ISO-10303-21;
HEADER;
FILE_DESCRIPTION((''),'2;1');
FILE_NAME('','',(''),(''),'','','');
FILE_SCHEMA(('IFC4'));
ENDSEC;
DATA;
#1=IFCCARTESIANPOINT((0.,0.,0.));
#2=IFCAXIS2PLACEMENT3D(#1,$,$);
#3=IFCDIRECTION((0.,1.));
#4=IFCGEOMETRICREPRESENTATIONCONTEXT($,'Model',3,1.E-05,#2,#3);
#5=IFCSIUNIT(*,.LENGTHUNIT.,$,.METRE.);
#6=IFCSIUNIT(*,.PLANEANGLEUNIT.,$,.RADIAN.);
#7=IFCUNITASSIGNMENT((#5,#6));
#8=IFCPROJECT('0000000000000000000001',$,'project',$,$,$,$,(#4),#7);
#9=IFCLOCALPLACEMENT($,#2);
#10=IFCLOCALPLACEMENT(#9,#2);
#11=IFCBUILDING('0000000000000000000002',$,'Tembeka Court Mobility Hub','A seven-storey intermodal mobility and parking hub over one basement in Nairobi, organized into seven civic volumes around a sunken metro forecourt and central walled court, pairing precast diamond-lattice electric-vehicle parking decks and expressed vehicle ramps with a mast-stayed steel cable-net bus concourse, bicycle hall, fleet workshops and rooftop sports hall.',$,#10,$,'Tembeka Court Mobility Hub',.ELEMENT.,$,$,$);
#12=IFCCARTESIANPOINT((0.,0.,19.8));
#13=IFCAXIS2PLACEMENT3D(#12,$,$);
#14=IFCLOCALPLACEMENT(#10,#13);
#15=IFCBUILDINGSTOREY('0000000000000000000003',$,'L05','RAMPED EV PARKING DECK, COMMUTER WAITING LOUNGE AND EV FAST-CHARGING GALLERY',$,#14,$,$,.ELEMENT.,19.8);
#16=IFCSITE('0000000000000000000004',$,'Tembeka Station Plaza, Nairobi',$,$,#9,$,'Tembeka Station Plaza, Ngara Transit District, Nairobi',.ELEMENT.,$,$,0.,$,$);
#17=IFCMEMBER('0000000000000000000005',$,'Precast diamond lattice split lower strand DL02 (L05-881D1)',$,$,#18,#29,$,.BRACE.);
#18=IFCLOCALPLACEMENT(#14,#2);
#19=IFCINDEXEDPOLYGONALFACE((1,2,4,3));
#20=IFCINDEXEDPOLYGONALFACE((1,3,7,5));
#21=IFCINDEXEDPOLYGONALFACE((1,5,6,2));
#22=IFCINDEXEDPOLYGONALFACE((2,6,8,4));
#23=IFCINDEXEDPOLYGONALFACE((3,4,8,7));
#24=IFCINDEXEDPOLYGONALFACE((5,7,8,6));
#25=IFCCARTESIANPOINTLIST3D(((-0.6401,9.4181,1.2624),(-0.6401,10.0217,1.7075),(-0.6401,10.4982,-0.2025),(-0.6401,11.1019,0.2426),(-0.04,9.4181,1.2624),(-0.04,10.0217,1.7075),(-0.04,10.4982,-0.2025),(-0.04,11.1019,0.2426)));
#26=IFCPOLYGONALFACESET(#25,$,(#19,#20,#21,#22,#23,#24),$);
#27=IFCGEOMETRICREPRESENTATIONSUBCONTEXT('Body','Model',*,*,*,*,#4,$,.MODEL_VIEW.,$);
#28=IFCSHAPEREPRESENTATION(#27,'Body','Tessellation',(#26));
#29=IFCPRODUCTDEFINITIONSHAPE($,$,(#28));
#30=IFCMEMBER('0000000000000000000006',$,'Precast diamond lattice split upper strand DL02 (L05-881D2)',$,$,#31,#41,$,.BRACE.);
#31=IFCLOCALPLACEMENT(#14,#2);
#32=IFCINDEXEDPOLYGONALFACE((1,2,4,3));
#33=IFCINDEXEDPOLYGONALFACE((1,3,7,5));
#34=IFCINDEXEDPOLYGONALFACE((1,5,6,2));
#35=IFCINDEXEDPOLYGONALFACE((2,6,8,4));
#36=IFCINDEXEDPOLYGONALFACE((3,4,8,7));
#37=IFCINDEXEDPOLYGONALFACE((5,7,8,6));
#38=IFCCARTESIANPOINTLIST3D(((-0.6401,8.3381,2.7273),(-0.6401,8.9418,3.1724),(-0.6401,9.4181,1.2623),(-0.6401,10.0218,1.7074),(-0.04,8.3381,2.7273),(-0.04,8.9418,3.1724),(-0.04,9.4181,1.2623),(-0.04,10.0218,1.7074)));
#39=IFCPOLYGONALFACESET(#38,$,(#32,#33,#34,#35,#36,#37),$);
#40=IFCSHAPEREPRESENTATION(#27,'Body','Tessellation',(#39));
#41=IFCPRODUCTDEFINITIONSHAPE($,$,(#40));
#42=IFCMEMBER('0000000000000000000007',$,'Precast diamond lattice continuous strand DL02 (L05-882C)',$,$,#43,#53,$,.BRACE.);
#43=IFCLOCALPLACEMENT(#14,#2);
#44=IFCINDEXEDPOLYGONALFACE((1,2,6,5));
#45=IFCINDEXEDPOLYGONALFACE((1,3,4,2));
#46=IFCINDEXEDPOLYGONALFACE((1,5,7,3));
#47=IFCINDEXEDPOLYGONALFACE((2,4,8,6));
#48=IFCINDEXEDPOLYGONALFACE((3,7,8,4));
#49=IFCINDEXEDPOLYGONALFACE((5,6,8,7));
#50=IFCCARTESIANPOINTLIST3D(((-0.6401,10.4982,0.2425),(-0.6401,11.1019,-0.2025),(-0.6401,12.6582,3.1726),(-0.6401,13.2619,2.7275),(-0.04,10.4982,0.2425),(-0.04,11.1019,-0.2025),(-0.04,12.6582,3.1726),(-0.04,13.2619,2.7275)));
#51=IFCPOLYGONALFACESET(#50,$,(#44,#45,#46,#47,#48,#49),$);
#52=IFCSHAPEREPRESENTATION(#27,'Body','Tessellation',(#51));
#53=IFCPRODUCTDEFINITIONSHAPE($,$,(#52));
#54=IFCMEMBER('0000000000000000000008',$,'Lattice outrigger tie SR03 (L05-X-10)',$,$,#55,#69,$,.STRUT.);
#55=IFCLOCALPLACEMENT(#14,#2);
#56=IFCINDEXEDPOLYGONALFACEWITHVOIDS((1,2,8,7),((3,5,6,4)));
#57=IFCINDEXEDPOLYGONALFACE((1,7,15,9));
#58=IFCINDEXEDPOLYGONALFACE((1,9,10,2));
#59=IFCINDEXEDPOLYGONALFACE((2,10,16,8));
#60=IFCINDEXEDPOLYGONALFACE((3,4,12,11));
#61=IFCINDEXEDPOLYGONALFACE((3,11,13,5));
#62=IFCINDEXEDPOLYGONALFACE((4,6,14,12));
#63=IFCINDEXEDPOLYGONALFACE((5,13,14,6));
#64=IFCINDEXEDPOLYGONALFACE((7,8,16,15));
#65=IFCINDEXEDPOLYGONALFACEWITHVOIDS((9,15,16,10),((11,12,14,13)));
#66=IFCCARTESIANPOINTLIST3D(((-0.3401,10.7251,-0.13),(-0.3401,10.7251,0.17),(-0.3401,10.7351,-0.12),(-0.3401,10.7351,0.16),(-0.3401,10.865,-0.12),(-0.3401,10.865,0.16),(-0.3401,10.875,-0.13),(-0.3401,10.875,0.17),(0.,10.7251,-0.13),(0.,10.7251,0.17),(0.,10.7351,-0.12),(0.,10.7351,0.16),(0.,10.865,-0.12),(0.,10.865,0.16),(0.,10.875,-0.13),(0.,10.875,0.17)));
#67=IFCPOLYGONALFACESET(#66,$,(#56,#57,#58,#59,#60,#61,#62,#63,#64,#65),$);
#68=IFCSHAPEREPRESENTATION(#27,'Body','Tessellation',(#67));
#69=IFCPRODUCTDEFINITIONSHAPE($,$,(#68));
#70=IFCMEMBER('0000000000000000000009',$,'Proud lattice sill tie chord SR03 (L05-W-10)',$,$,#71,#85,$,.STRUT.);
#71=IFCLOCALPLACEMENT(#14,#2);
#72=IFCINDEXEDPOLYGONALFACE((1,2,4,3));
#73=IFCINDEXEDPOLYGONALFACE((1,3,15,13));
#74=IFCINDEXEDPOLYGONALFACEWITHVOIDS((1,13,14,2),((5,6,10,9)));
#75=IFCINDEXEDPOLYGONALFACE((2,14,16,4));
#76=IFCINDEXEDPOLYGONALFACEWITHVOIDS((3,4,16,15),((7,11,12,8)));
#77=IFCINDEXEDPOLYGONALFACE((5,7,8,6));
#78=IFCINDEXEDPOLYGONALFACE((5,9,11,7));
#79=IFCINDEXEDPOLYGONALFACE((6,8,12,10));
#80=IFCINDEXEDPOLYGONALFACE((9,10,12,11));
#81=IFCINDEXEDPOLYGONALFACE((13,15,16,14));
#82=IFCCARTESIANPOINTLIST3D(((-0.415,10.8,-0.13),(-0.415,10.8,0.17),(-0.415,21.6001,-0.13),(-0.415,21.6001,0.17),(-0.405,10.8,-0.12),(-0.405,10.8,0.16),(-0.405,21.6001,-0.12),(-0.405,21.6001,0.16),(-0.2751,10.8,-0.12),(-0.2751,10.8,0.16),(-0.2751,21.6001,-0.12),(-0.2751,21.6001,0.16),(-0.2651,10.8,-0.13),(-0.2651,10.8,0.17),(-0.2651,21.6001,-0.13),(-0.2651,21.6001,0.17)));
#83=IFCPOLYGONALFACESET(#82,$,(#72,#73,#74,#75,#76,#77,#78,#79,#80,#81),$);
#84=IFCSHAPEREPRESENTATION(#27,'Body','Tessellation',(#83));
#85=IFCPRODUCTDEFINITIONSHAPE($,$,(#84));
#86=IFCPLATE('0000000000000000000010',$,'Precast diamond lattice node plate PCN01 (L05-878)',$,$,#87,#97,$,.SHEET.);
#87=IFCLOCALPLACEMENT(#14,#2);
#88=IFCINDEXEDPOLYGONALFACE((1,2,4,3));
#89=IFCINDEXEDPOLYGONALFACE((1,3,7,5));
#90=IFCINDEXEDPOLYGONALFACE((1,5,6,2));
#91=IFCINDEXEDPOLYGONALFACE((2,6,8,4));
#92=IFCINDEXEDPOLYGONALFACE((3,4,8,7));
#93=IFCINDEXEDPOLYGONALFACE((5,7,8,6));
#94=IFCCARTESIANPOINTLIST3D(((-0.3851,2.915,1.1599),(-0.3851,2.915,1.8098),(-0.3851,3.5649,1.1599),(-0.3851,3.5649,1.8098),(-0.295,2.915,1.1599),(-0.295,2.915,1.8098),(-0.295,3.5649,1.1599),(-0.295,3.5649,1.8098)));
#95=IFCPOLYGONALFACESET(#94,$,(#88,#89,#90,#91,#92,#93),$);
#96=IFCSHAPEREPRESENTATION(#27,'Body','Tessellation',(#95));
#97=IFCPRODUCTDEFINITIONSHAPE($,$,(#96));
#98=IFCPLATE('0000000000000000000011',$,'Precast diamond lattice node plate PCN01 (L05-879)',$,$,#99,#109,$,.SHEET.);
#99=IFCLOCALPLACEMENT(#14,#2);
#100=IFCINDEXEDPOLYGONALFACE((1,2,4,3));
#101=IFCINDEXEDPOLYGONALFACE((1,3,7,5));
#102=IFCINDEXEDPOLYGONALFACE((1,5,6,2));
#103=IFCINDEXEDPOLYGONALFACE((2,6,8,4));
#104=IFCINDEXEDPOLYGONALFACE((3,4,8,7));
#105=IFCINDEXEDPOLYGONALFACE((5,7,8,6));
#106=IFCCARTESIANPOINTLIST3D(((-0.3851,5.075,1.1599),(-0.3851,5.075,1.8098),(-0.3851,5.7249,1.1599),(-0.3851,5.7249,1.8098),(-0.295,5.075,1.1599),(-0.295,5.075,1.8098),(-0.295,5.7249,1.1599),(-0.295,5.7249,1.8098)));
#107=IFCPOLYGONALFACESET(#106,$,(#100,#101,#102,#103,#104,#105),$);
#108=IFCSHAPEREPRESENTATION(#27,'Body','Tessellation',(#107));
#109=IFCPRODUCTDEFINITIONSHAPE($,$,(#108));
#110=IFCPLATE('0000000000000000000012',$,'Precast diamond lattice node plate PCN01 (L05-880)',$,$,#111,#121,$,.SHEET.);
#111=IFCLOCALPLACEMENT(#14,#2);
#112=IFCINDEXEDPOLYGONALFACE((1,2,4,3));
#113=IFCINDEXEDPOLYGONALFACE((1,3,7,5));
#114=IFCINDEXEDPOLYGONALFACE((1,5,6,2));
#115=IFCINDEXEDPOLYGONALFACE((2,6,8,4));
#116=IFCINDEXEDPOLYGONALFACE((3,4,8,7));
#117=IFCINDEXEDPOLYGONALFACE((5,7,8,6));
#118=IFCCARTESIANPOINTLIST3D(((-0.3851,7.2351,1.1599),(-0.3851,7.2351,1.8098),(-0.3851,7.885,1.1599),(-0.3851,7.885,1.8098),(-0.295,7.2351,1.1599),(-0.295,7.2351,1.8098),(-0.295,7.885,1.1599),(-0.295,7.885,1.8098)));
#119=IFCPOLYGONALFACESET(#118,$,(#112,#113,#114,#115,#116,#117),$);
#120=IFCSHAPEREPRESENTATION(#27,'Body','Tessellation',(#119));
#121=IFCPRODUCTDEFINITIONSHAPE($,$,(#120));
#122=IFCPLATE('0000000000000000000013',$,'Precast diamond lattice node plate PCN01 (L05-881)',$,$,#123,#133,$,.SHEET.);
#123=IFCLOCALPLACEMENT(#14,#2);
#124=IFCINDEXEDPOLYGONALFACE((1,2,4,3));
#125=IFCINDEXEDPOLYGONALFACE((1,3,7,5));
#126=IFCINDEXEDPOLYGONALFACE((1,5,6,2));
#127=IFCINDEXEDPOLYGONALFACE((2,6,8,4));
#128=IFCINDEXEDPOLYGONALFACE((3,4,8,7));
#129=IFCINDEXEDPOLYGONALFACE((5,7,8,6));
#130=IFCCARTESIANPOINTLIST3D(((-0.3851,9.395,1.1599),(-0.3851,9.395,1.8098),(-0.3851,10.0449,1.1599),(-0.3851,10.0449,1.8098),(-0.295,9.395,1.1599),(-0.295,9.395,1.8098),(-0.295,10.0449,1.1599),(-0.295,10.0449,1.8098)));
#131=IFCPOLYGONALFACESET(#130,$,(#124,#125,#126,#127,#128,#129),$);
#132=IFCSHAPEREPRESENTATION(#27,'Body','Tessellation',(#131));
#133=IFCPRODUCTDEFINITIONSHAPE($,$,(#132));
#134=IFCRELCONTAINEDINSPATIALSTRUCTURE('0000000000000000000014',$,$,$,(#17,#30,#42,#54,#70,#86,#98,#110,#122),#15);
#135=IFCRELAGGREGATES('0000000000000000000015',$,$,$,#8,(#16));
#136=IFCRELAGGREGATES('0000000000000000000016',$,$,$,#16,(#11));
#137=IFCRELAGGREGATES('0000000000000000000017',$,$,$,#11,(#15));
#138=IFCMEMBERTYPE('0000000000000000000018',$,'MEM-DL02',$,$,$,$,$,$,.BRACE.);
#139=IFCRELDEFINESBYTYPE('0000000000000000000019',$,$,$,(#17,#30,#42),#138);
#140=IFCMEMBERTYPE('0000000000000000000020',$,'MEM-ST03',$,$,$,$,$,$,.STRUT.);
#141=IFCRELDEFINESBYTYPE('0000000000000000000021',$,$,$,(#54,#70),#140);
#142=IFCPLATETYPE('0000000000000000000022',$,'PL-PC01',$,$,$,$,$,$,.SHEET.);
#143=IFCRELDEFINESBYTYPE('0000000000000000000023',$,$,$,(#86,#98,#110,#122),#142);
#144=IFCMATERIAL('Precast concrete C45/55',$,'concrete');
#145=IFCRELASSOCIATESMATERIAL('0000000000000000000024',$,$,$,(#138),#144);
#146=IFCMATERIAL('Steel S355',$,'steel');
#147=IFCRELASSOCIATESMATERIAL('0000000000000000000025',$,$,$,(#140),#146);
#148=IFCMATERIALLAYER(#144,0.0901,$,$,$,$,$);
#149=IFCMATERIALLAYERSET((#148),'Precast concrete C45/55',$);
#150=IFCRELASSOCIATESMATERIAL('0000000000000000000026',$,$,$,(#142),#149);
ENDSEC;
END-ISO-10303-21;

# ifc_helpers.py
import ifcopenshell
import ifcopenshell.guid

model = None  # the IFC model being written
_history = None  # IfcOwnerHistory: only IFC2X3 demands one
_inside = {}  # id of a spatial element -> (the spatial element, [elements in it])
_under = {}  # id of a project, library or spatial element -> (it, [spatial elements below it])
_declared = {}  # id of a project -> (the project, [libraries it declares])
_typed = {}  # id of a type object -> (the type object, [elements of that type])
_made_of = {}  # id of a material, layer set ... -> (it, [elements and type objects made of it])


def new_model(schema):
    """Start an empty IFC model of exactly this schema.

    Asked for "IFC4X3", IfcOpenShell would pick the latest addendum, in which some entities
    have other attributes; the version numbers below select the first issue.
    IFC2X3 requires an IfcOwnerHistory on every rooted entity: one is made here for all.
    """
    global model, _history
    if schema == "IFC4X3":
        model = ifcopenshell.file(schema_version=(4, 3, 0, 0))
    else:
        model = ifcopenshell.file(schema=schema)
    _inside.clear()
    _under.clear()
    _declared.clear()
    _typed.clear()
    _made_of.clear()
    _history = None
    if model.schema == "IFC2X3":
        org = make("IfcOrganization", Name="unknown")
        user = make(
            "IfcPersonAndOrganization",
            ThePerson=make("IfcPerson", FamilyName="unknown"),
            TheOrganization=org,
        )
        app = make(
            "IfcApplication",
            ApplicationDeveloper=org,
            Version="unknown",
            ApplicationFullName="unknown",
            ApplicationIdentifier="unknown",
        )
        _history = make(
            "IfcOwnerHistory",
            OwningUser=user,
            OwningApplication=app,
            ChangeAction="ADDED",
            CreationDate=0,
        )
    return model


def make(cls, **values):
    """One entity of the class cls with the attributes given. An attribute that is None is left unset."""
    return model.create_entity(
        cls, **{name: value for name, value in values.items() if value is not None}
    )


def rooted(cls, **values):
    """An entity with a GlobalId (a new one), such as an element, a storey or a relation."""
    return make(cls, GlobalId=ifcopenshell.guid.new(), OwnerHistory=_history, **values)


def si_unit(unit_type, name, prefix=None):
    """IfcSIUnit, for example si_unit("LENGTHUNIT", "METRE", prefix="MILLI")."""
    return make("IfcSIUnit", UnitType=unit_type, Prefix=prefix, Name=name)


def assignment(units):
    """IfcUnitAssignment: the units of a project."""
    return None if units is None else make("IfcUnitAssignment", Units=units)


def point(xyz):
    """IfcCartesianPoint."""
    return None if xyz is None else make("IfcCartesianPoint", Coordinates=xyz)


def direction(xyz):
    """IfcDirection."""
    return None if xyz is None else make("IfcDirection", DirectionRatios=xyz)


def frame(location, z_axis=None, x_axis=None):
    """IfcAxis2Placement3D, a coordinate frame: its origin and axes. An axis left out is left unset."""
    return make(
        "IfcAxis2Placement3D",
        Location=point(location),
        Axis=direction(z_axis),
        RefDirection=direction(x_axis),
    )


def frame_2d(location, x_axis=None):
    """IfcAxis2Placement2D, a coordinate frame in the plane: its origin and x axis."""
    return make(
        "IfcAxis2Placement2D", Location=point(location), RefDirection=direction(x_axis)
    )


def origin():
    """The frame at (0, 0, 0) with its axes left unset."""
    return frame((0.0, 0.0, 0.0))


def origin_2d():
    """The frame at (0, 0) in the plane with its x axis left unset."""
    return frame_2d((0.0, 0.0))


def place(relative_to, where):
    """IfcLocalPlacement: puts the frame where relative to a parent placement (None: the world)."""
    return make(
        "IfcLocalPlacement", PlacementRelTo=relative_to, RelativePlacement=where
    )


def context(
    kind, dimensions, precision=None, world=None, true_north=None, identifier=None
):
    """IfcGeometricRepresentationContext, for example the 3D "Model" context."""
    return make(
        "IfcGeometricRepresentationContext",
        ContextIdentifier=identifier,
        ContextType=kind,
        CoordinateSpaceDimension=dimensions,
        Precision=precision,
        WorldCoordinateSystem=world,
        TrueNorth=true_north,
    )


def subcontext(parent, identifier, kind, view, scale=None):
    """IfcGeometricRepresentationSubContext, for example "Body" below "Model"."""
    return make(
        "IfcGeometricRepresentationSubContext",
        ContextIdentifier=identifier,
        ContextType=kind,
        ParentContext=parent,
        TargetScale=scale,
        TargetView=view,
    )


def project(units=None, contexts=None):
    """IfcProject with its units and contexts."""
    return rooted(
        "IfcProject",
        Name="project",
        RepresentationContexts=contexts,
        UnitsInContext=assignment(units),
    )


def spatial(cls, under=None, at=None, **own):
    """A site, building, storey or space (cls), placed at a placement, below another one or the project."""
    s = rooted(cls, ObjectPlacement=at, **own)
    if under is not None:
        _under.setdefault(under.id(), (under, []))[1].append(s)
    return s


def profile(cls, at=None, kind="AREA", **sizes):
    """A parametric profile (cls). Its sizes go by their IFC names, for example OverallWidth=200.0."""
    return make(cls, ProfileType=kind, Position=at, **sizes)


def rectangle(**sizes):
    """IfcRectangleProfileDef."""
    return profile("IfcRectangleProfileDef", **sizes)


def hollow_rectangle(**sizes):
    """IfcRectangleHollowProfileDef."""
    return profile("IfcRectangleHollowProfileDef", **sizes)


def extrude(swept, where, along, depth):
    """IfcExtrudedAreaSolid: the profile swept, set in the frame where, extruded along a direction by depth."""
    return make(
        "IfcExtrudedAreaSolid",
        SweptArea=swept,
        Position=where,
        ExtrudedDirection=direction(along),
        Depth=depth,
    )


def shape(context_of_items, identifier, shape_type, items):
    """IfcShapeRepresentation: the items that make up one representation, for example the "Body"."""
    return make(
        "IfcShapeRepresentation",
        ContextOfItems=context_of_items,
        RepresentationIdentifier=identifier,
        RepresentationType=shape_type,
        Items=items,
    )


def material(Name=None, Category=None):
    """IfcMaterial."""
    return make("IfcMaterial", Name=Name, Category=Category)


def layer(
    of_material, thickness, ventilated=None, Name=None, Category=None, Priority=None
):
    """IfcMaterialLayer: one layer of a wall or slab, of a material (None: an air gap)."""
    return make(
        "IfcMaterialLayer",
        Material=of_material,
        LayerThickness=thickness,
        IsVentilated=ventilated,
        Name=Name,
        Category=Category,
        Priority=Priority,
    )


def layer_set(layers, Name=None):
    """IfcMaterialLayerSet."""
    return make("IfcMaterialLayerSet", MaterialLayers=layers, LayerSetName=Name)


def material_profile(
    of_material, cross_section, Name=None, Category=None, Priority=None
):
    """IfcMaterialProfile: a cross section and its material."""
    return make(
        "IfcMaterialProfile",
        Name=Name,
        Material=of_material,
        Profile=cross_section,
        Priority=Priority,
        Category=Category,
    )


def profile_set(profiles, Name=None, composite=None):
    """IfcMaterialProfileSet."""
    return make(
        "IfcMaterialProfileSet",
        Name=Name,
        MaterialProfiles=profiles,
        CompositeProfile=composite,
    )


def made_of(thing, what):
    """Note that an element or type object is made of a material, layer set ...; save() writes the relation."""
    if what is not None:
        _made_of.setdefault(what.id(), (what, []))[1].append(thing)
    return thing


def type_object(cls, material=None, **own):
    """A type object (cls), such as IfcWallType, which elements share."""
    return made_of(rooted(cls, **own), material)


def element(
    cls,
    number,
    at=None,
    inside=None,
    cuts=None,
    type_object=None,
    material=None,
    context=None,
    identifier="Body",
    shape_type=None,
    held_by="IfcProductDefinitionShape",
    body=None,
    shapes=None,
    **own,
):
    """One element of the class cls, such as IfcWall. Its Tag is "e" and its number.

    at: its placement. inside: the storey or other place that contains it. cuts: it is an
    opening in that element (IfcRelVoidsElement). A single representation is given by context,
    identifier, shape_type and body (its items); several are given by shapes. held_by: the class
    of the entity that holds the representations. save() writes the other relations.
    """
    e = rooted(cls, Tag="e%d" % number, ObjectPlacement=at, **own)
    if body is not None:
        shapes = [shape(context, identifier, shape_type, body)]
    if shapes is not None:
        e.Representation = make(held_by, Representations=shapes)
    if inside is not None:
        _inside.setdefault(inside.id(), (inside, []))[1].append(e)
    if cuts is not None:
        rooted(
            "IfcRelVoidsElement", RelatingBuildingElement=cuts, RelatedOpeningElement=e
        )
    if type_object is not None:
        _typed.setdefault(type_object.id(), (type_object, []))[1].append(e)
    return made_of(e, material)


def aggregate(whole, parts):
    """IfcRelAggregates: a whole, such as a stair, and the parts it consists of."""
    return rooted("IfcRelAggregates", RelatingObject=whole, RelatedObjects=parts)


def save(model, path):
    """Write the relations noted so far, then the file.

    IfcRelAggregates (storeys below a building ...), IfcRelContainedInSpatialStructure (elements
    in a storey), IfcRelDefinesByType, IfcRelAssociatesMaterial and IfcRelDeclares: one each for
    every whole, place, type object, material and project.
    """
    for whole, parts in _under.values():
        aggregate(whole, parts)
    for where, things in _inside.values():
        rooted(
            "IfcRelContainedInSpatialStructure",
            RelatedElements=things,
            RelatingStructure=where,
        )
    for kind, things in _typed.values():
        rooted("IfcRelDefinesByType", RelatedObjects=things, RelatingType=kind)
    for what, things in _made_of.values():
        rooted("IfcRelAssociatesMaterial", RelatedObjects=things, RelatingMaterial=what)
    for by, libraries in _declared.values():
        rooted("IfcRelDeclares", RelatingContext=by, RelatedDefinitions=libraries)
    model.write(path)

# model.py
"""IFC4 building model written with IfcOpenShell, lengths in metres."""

from ifc_helpers import new_model, si_unit, direction, frame, origin, origin_2d, place, context, subcontext, project, spatial, rectangle, hollow_rectangle, extrude, material, layer, layer_set, material_profile, profile_set, type_object, element, save


model = new_model("IFC4")

# Units and contexts
model_context = context("Model", 3, precision=1e-05, world=origin(), true_north=direction((0.0, 1.0)))
body_context = subcontext(model_context, "Body", "Model", "MODEL_VIEW")
ifc_project = project(units=[si_unit("LENGTHUNIT", "METRE"), si_unit("PLANEANGLEUNIT", "RADIAN")], contexts=[model_context])

# Site, building, storey
site_placement = place(None, origin())
site = spatial("IfcSite", under=ifc_project, at=site_placement, Name="Tembeka Station Plaza, Nairobi", LongName="Tembeka Station Plaza, Ngara Transit District, Nairobi", CompositionType="ELEMENT", RefElevation=0.0)
building_placement = place(site_placement, origin())
building = spatial("IfcBuilding", under=site, at=building_placement, Name="Tembeka Court Mobility Hub", Description="A seven-storey intermodal mobility and parking hub over one basement in Nairobi, organized into seven civic volumes around a sunken metro forecourt and central walled court, pairing precast diamond-lattice electric-vehicle parking decks and expressed vehicle ramps with a mast-stayed steel cable-net bus concourse, bicycle hall, fleet workshops and rooftop sports hall.", LongName="Tembeka Court Mobility Hub", CompositionType="ELEMENT")
storey_placement = place(building_placement, frame((0.0, 0.0, 19.8)))
storey = spatial("IfcBuildingStorey", under=building, at=storey_placement, Name="L05", Description="RAMPED EV PARKING DECK, COMMUTER WAITING LOUNGE AND EV FAST-CHARGING GALLERY", CompositionType="ELEMENT", Elevation=19.8)

# Shared definitions
ifc_material_1 = material(Name="Steel S355", Category="steel")

# Members
ifc_material_2 = material(Name="Precast concrete C45/55", Category="concrete")
ifc_material_profile_1 = material_profile(ifc_material_2, rectangle(XDim=0.6001, YDim=0.75, at=origin_2d()), Name="PC-DIAG 600x750")
ifc_profile_set_1 = profile_set([ifc_material_profile_1], Name="Precast concrete C45/55")
member_type_1 = type_object("IfcMemberType", Name="MEM-DL02", PredefinedType="BRACE", material=ifc_profile_set_1)
for number, where, z_axis, x_axis, name in (
    (1, (-0.3401, 10.8, 0.02), (0.0, -0.593455, 0.804867), (1.0, 0.0, 0.0), "Precast diamond lattice split lower strand DL02 (L05-881D1)"),
    (2, (-0.3401, 9.72, 1.4849), (0.0, -0.593391, 0.804914), (1.0, 0.0, 0.0), "Precast diamond lattice split upper strand DL02 (L05-881D2)"),
):
    element("IfcMember", number, at=place(storey_placement, frame(where, z_axis=z_axis, x_axis=x_axis)), inside=storey, type_object=member_type_1, Name=name, PredefinedType="BRACE", context=body_context, shape_type="SweptSolid", body=[
        extrude(rectangle(XDim=0.6001, YDim=0.75, at=origin_2d()), origin(), (0.0, 0.0, 1.0), 1.8201),
    ])
member_1_placement = place(storey_placement, frame((-0.3401, 10.8, 0.02), z_axis=(0.0, 0.59338, 0.804923), x_axis=(-1.0, 0.0, 0.0)))
element("IfcMember", 3, at=member_1_placement, inside=storey, type_object=member_type_1, Name="Precast diamond lattice continuous strand DL02 (L05-882C)", PredefinedType="BRACE", context=body_context, shape_type="SweptSolid", body=[
    extrude(rectangle(XDim=0.6001, YDim=0.75, at=origin_2d()), origin(), (0.0, 0.0, 1.0), 3.6401),
])
ifc_material_profile_2 = material_profile(ifc_material_1, hollow_rectangle(XDim=0.1499, YDim=0.3, WallThickness=0.01, at=origin_2d()), Name="RHS 300x150x10")
ifc_profile_set_2 = profile_set([ifc_material_profile_2], Name="Steel S355")
member_type_2 = type_object("IfcMemberType", Name="MEM-ST03", PredefinedType="STRUT", material=ifc_profile_set_2)
member_2_placement = place(storey_placement, frame((0.0, 10.8, 0.02), z_axis=(-1.0, 0.0, 0.0), x_axis=(0.0, -1.0, 0.0)))
element("IfcMember", 4, at=member_2_placement, inside=storey, type_object=member_type_2, Name="Lattice outrigger tie SR03 (L05-X-10)", PredefinedType="STRUT", context=body_context, shape_type="SweptSolid", body=[
    extrude(hollow_rectangle(XDim=0.1499, YDim=0.3, WallThickness=0.01, at=origin_2d()), origin(), (0.0, 0.0, 1.0), 0.3401),
])
member_3_placement = place(storey_placement, frame((-0.3401, 10.8, 0.02), z_axis=(0.0, 1.0, 0.0), x_axis=(-1.0, 0.0, 0.0)))
element("IfcMember", 5, at=member_3_placement, inside=storey, type_object=member_type_2, Name="Proud lattice sill tie chord SR03 (L05-W-10)", PredefinedType="STRUT", context=body_context, shape_type="SweptSolid", body=[
    extrude(hollow_rectangle(XDim=0.1499, YDim=0.3, WallThickness=0.01, at=origin_2d()), origin(), (0.0, 0.0, 1.0), 10.8),
])

# Plates
ifc_layer = layer(ifc_material_2, 0.0901)
ifc_layer_set = layer_set([ifc_layer], Name="Precast concrete C45/55")
plate_type = type_object("IfcPlateType", Name="PL-PC01", PredefinedType="SHEET", material=ifc_layer_set)
for number, where, z_axis, x_axis, name in (
    (6, (-0.3401, 3.24, 1.1599), (0.0, 0.0, 1.0), (1.0, 0.0, 0.0), "Precast diamond lattice node plate PCN01 (L05-878)"),
    (7, (-0.3401, 5.3999, 1.1599), (0.0, 0.0, 1.0), (1.0, 0.0, 0.0), "Precast diamond lattice node plate PCN01 (L05-879)"),
    (8, (-0.3401, 7.5601, 1.1599), (0.0, 0.0, 1.0), (1.0, 0.0, 0.0), "Precast diamond lattice node plate PCN01 (L05-880)"),
    (9, (-0.3401, 9.72, 1.1599), (0.0, 0.0, 1.0), (1.0, 0.0, 0.0), "Precast diamond lattice node plate PCN01 (L05-881)"),
):
    element("IfcPlate", number, at=place(storey_placement, frame(where, z_axis=z_axis, x_axis=x_axis)), inside=storey, type_object=plate_type, Name=name, PredefinedType="SHEET", context=body_context, shape_type="SweptSolid", body=[
        extrude(rectangle(XDim=0.0901, YDim=0.6499, at=origin_2d()), origin(), (0.0, 0.0, 1.0), 0.6499),
    ])

save(model, "model.ifc")
